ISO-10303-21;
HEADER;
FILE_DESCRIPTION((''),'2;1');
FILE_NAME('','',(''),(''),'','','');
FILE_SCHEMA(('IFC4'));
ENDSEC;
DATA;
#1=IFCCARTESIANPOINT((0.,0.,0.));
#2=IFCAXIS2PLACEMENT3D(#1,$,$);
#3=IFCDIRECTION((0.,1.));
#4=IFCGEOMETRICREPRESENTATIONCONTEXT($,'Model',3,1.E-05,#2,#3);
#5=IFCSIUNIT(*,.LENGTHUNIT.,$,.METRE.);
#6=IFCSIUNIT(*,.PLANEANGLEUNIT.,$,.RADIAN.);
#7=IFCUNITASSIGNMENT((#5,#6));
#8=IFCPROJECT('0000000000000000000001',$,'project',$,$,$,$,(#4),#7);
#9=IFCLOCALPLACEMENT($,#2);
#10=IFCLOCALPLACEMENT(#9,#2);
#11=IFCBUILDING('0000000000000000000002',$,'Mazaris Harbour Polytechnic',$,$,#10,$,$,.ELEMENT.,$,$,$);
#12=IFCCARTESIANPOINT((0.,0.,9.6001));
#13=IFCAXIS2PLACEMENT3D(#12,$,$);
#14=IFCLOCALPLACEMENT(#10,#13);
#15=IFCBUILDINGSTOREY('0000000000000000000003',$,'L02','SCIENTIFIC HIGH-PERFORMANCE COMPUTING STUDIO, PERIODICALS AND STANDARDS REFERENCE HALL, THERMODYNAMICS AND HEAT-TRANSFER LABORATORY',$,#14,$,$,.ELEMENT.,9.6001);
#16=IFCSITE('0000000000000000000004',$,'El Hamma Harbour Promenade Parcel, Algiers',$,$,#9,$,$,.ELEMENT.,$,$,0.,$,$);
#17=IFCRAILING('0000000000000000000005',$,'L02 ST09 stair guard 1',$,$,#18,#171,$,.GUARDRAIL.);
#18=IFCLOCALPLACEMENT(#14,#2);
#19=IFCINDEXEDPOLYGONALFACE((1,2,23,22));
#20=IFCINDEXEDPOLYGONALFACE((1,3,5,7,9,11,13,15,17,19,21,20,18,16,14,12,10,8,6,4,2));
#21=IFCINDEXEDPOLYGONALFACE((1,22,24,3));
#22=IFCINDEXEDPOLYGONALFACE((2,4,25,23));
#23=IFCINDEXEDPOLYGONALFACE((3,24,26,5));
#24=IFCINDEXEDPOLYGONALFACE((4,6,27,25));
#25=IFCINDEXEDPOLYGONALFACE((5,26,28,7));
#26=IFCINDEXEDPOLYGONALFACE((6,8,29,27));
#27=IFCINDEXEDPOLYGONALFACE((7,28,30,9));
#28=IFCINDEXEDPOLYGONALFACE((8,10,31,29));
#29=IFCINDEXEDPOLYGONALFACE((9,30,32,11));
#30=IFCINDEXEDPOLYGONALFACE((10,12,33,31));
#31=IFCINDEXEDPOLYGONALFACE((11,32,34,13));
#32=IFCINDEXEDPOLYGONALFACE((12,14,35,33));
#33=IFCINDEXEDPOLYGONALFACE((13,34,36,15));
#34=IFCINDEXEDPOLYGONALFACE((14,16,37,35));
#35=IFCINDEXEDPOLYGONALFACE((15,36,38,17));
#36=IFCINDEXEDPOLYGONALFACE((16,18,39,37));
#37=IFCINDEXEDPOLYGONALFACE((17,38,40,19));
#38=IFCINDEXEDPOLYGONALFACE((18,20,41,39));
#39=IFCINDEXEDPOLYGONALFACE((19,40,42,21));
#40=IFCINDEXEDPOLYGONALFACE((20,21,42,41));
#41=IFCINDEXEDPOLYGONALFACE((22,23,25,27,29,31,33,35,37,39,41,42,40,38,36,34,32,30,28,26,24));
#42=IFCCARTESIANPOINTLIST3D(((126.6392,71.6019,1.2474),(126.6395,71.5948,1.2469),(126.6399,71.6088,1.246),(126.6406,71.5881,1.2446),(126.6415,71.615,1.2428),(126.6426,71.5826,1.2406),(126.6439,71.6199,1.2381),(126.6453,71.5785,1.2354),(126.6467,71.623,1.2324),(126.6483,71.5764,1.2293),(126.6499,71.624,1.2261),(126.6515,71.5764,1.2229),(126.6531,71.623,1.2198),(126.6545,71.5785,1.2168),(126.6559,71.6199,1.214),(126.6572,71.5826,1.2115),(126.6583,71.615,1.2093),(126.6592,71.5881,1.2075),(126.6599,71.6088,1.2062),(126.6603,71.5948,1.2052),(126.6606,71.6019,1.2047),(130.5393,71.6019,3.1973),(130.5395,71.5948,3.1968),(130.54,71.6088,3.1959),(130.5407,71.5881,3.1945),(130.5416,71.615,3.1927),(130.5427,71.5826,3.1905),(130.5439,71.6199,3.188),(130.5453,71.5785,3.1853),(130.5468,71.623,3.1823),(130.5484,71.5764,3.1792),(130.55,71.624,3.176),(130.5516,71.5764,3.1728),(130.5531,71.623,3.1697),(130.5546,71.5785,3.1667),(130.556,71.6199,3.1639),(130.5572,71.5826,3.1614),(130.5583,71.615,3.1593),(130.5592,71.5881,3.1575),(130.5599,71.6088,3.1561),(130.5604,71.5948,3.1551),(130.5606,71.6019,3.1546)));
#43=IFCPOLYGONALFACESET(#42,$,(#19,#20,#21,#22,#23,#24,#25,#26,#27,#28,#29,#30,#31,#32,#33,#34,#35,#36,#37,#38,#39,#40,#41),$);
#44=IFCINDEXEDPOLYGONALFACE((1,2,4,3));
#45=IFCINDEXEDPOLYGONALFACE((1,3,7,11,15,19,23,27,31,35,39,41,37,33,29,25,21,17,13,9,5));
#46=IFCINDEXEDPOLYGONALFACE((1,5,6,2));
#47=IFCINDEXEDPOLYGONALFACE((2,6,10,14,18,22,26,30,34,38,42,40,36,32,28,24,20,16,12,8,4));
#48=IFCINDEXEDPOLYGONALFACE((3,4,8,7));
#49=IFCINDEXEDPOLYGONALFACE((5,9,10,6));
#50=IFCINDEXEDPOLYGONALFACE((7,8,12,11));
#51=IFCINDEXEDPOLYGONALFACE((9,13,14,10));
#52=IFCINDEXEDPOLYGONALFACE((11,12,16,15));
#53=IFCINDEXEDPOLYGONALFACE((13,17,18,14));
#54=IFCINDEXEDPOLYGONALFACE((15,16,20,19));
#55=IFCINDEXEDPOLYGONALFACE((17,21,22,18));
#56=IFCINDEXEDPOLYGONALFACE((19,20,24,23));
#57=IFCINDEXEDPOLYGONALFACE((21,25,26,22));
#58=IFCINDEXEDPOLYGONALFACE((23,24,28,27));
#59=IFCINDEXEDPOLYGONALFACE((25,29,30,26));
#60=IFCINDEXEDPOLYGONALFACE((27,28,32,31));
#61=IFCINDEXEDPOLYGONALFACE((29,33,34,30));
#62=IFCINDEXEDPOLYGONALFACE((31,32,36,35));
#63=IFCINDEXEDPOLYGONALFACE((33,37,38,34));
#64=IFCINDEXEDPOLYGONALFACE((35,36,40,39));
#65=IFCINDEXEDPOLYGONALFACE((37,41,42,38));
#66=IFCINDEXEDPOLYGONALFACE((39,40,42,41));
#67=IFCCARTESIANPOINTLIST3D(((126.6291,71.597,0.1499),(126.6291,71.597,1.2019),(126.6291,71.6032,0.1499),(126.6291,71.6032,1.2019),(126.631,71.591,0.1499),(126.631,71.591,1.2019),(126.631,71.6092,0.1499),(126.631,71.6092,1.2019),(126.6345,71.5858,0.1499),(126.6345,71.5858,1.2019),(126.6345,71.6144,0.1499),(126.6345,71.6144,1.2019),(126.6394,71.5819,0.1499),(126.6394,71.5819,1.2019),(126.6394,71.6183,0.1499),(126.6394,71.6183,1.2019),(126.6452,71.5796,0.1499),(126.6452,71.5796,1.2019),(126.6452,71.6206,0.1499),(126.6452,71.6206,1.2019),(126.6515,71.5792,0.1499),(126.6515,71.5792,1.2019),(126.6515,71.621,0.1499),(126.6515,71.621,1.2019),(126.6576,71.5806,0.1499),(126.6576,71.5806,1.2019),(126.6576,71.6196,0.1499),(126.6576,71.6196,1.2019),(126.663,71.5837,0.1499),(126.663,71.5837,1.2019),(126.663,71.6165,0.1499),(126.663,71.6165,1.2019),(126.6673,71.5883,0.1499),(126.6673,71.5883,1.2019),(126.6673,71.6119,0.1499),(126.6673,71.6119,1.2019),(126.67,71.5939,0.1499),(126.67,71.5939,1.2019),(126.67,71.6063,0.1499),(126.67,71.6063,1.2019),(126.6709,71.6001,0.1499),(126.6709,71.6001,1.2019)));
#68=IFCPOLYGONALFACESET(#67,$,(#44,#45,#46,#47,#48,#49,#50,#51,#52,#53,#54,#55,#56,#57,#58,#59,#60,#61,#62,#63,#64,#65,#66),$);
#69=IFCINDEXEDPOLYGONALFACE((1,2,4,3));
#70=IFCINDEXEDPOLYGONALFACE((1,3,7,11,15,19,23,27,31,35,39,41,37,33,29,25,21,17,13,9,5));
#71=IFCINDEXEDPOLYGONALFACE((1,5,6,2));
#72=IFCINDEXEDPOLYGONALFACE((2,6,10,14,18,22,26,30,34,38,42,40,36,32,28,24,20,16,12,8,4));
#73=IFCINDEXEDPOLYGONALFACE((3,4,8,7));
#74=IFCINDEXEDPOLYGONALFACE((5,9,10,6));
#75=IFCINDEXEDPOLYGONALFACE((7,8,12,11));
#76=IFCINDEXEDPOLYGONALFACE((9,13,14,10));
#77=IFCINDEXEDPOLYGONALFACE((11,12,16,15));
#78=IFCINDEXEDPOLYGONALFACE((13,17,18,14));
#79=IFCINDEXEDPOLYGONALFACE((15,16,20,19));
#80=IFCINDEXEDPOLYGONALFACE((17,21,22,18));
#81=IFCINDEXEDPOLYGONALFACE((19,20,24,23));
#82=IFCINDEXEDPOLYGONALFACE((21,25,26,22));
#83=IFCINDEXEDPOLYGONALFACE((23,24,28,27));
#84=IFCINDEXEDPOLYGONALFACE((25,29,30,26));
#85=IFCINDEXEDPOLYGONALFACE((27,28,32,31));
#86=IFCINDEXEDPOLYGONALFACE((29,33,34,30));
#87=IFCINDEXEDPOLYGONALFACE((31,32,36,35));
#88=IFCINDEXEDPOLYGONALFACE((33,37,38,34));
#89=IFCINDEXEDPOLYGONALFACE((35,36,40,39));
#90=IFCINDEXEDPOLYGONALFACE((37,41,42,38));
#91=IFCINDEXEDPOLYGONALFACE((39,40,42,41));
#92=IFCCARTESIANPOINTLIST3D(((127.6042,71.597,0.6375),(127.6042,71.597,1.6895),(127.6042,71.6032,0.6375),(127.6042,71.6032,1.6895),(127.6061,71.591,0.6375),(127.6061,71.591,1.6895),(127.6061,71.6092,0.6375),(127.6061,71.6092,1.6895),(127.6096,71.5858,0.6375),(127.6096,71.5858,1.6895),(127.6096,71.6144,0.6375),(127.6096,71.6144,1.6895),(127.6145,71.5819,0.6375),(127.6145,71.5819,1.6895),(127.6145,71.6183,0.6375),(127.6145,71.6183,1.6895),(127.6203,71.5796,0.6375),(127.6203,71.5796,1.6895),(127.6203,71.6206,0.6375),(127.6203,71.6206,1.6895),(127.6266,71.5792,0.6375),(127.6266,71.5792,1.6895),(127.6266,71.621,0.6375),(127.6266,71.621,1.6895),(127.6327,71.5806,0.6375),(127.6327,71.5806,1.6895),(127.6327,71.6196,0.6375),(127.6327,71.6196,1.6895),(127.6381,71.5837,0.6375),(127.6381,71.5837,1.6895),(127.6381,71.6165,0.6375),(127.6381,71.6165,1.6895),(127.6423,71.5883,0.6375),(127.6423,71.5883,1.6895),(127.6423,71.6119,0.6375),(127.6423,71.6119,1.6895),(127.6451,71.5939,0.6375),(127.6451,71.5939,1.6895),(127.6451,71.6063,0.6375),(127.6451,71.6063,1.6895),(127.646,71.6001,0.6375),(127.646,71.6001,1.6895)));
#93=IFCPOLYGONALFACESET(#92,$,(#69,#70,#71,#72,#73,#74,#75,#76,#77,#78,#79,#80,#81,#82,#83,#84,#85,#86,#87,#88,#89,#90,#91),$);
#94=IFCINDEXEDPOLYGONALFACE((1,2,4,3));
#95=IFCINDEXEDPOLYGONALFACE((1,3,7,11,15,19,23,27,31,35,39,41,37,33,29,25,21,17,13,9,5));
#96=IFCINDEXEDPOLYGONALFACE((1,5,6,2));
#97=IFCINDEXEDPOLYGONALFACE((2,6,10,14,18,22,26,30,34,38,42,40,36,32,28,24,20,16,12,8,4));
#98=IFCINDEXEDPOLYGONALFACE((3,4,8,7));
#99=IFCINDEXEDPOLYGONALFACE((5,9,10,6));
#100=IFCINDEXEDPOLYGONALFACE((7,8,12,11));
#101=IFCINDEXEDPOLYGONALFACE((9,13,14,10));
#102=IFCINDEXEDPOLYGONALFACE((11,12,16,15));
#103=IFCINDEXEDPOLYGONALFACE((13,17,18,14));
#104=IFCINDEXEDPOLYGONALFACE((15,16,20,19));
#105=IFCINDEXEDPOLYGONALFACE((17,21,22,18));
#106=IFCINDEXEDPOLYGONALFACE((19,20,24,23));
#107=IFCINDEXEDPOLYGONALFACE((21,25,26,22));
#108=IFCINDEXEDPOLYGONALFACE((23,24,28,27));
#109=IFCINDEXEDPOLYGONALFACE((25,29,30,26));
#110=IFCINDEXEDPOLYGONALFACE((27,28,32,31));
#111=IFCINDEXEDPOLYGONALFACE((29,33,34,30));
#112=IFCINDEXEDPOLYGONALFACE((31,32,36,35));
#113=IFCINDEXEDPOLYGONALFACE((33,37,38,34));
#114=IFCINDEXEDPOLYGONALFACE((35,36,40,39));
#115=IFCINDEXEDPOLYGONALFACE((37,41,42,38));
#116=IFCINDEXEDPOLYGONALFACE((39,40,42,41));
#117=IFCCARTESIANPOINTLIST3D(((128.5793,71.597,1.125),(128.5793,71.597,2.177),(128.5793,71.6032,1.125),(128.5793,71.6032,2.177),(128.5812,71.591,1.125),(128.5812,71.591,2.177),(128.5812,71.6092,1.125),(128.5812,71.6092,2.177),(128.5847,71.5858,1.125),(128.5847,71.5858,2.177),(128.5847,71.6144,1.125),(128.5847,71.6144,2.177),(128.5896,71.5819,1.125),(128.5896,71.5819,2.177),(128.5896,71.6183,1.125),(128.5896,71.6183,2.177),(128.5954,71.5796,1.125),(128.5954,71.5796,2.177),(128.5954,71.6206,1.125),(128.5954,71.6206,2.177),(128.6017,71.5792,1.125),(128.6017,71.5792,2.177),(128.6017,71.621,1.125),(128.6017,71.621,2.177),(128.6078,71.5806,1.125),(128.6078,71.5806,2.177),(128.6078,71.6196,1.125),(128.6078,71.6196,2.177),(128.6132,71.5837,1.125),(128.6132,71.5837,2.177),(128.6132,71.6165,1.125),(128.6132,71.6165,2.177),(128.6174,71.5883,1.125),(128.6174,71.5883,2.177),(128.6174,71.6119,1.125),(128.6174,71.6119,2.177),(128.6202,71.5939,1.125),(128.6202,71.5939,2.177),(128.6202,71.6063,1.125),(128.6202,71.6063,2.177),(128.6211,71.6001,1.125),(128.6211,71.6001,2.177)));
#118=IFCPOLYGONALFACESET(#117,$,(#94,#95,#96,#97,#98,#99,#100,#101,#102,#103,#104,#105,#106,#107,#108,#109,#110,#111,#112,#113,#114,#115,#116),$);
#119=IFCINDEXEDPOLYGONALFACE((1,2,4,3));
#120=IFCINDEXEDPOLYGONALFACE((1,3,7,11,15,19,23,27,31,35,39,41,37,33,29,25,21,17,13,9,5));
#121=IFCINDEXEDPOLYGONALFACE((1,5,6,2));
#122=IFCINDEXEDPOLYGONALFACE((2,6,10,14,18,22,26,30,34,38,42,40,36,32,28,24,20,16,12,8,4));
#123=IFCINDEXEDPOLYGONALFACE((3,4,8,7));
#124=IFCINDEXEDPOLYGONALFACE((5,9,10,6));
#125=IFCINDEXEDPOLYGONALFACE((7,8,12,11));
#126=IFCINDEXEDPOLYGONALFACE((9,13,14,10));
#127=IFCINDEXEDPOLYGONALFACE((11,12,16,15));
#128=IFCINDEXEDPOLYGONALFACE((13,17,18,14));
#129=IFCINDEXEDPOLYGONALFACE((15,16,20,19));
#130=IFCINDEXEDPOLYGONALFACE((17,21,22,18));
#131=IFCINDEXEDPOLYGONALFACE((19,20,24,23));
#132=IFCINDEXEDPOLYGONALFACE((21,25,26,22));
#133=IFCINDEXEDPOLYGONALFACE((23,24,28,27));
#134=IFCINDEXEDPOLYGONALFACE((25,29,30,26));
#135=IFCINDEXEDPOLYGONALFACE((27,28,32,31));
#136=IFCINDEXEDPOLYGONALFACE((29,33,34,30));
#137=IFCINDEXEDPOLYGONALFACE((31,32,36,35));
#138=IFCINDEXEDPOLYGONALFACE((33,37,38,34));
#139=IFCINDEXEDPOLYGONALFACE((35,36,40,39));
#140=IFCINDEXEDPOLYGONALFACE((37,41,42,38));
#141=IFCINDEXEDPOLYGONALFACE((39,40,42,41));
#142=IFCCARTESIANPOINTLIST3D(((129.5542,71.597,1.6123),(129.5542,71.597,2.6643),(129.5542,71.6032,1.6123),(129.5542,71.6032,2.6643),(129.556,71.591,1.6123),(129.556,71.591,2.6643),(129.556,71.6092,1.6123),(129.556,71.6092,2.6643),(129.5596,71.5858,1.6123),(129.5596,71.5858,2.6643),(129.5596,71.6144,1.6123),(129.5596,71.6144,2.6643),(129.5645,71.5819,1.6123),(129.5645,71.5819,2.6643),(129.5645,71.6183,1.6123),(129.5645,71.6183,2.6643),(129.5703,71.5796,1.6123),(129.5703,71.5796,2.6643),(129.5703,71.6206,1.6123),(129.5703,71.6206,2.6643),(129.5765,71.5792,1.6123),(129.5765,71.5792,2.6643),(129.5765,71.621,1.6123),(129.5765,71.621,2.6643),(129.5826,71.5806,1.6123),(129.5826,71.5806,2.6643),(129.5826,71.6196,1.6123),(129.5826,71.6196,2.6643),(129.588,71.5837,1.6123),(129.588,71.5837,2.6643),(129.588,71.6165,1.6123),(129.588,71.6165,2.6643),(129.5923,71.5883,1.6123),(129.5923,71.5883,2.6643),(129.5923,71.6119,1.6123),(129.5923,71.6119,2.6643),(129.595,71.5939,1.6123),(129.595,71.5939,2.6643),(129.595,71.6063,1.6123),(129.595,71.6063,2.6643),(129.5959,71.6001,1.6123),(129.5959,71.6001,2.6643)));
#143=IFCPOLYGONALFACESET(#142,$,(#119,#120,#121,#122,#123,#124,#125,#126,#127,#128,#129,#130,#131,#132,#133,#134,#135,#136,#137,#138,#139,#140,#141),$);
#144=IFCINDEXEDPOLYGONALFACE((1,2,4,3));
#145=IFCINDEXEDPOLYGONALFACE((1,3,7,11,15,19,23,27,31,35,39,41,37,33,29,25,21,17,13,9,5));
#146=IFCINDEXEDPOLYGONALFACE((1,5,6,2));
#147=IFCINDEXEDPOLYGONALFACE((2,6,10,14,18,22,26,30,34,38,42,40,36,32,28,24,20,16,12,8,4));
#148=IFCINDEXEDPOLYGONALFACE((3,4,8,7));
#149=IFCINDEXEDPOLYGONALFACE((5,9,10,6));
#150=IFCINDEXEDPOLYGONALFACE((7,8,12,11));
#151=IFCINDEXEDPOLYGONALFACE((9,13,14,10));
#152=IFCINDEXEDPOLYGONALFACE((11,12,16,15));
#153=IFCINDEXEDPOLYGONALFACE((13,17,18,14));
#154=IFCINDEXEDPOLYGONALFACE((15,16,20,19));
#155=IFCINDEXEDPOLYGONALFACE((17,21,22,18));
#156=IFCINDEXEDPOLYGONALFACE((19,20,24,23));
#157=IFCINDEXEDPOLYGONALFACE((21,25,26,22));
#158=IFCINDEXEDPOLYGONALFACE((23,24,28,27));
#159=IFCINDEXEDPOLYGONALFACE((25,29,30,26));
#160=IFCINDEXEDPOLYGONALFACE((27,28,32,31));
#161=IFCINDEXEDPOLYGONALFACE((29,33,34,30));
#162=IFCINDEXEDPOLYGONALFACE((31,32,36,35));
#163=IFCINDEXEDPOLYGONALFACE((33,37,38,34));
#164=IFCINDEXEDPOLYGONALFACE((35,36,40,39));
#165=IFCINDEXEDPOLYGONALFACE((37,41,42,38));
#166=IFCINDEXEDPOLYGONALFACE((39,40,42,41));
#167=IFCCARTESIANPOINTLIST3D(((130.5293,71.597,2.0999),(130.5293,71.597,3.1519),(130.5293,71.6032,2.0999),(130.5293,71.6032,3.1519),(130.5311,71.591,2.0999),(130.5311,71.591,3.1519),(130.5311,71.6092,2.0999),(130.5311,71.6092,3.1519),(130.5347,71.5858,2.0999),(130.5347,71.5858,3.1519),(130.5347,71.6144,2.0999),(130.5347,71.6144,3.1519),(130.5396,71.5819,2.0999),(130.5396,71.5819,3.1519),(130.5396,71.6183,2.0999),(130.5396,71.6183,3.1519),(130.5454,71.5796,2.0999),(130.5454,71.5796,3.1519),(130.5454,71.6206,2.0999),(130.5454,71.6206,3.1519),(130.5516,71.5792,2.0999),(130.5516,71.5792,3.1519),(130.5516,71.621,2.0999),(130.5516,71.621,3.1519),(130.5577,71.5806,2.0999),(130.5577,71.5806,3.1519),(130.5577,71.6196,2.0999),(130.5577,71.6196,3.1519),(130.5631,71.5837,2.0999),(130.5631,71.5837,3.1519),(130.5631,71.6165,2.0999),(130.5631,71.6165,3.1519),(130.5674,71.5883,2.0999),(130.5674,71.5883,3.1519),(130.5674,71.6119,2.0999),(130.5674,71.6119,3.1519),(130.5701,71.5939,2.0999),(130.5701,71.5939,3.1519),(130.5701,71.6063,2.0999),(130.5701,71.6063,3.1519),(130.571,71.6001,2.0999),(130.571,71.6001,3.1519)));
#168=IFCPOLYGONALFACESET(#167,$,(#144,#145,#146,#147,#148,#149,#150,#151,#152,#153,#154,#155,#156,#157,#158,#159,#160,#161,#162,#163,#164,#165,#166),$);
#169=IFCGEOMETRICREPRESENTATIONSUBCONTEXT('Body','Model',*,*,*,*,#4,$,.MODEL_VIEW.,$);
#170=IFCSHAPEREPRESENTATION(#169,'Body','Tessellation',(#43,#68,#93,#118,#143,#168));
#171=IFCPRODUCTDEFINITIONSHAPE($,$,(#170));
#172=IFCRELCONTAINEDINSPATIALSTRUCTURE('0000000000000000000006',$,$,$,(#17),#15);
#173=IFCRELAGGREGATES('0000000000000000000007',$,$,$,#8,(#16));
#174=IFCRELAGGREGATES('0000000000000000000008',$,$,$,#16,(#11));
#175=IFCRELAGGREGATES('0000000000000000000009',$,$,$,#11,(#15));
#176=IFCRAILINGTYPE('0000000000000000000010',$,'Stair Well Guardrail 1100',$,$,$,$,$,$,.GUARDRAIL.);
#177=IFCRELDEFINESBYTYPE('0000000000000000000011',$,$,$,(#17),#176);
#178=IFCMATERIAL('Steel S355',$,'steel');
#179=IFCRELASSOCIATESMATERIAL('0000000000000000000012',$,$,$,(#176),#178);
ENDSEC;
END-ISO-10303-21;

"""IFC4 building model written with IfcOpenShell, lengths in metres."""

from ifc_helpers import new_model, si_unit, direction, frame, origin, origin_2d, place, context, subcontext, project, spatial, circle, extrude, material, type_object, element, save


model = new_model("IFC4")

# Units and contexts
model_context = context("Model", 3, precision=1e-05, world=origin(), true_north=direction((0.0, 1.0)))
body_context = subcontext(model_context, "Body", "Model", "MODEL_VIEW")
ifc_project = project(units=[si_unit("LENGTHUNIT", "METRE"), si_unit("PLANEANGLEUNIT", "RADIAN")], contexts=[model_context])

# Site, building, storey
site_placement = place(None, origin())
site = spatial("IfcSite", under=ifc_project, at=site_placement, Name="El Hamma Harbour Promenade Parcel, Algiers", CompositionType="ELEMENT", RefElevation=0.0)
building_placement = place(site_placement, origin())
building = spatial("IfcBuilding", under=site, at=building_placement, Name="Mazaris Harbour Polytechnic", CompositionType="ELEMENT")
storey_placement = place(building_placement, frame((0.0, 0.0, 9.6001)))
storey = spatial("IfcBuildingStorey", under=building, at=storey_placement, Name="L02", Description="SCIENTIFIC HIGH-PERFORMANCE COMPUTING STUDIO, PERIODICALS AND STANDARDS REFERENCE HALL, THERMODYNAMICS AND HEAT-TRANSFER LABORATORY", CompositionType="ELEMENT", Elevation=9.6001)

# Railing
ifc_material_1 = material(Name="Steel S355", Category="steel")
railing_type_1 = type_object("IfcRailingType", Name="Stair Well Guardrail 1100", PredefinedType="GUARDRAIL", material=ifc_material_1)
railing_1_placement = place(storey_placement, frame((126.6499, 71.6001, 0.1499)))
element("IfcRailing", 1, at=railing_1_placement, inside=storey, type_object=railing_type_1, Name="L02 ST09 stair guard 1", PredefinedType="GUARDRAIL", context=body_context, shape_type="SweptSolid", body=[
    extrude(circle(Radius=0.0239, at=origin_2d()), frame((0.0, 0.0, 1.0762), z_axis=(0.894438, 0.0, 0.447191), x_axis=(0.0, 1.0, 0.0)), (0.0, 0.0, 1.0), 4.3604),
    extrude(circle(Radius=0.021, at=origin_2d()), origin(), (0.0, 0.0, 1.0), 1.052),
    extrude(circle(Radius=0.021, at=origin_2d()), frame((0.9751, 0.0, 0.4875)), (0.0, 0.0, 1.0), 1.052),
    extrude(circle(Radius=0.021, at=origin_2d()), frame((1.9502, 0.0, 0.9751)), (0.0, 0.0, 1.0), 1.052),
    extrude(circle(Radius=0.021, at=origin_2d()), frame((2.925, 0.0, 1.4624)), (0.0, 0.0, 1.0), 1.052),
    extrude(circle(Radius=0.021, at=origin_2d()), frame((3.9001, 0.0, 1.95)), (0.0, 0.0, 1.0), 1.052),
])

save(model, "model.ifc")
